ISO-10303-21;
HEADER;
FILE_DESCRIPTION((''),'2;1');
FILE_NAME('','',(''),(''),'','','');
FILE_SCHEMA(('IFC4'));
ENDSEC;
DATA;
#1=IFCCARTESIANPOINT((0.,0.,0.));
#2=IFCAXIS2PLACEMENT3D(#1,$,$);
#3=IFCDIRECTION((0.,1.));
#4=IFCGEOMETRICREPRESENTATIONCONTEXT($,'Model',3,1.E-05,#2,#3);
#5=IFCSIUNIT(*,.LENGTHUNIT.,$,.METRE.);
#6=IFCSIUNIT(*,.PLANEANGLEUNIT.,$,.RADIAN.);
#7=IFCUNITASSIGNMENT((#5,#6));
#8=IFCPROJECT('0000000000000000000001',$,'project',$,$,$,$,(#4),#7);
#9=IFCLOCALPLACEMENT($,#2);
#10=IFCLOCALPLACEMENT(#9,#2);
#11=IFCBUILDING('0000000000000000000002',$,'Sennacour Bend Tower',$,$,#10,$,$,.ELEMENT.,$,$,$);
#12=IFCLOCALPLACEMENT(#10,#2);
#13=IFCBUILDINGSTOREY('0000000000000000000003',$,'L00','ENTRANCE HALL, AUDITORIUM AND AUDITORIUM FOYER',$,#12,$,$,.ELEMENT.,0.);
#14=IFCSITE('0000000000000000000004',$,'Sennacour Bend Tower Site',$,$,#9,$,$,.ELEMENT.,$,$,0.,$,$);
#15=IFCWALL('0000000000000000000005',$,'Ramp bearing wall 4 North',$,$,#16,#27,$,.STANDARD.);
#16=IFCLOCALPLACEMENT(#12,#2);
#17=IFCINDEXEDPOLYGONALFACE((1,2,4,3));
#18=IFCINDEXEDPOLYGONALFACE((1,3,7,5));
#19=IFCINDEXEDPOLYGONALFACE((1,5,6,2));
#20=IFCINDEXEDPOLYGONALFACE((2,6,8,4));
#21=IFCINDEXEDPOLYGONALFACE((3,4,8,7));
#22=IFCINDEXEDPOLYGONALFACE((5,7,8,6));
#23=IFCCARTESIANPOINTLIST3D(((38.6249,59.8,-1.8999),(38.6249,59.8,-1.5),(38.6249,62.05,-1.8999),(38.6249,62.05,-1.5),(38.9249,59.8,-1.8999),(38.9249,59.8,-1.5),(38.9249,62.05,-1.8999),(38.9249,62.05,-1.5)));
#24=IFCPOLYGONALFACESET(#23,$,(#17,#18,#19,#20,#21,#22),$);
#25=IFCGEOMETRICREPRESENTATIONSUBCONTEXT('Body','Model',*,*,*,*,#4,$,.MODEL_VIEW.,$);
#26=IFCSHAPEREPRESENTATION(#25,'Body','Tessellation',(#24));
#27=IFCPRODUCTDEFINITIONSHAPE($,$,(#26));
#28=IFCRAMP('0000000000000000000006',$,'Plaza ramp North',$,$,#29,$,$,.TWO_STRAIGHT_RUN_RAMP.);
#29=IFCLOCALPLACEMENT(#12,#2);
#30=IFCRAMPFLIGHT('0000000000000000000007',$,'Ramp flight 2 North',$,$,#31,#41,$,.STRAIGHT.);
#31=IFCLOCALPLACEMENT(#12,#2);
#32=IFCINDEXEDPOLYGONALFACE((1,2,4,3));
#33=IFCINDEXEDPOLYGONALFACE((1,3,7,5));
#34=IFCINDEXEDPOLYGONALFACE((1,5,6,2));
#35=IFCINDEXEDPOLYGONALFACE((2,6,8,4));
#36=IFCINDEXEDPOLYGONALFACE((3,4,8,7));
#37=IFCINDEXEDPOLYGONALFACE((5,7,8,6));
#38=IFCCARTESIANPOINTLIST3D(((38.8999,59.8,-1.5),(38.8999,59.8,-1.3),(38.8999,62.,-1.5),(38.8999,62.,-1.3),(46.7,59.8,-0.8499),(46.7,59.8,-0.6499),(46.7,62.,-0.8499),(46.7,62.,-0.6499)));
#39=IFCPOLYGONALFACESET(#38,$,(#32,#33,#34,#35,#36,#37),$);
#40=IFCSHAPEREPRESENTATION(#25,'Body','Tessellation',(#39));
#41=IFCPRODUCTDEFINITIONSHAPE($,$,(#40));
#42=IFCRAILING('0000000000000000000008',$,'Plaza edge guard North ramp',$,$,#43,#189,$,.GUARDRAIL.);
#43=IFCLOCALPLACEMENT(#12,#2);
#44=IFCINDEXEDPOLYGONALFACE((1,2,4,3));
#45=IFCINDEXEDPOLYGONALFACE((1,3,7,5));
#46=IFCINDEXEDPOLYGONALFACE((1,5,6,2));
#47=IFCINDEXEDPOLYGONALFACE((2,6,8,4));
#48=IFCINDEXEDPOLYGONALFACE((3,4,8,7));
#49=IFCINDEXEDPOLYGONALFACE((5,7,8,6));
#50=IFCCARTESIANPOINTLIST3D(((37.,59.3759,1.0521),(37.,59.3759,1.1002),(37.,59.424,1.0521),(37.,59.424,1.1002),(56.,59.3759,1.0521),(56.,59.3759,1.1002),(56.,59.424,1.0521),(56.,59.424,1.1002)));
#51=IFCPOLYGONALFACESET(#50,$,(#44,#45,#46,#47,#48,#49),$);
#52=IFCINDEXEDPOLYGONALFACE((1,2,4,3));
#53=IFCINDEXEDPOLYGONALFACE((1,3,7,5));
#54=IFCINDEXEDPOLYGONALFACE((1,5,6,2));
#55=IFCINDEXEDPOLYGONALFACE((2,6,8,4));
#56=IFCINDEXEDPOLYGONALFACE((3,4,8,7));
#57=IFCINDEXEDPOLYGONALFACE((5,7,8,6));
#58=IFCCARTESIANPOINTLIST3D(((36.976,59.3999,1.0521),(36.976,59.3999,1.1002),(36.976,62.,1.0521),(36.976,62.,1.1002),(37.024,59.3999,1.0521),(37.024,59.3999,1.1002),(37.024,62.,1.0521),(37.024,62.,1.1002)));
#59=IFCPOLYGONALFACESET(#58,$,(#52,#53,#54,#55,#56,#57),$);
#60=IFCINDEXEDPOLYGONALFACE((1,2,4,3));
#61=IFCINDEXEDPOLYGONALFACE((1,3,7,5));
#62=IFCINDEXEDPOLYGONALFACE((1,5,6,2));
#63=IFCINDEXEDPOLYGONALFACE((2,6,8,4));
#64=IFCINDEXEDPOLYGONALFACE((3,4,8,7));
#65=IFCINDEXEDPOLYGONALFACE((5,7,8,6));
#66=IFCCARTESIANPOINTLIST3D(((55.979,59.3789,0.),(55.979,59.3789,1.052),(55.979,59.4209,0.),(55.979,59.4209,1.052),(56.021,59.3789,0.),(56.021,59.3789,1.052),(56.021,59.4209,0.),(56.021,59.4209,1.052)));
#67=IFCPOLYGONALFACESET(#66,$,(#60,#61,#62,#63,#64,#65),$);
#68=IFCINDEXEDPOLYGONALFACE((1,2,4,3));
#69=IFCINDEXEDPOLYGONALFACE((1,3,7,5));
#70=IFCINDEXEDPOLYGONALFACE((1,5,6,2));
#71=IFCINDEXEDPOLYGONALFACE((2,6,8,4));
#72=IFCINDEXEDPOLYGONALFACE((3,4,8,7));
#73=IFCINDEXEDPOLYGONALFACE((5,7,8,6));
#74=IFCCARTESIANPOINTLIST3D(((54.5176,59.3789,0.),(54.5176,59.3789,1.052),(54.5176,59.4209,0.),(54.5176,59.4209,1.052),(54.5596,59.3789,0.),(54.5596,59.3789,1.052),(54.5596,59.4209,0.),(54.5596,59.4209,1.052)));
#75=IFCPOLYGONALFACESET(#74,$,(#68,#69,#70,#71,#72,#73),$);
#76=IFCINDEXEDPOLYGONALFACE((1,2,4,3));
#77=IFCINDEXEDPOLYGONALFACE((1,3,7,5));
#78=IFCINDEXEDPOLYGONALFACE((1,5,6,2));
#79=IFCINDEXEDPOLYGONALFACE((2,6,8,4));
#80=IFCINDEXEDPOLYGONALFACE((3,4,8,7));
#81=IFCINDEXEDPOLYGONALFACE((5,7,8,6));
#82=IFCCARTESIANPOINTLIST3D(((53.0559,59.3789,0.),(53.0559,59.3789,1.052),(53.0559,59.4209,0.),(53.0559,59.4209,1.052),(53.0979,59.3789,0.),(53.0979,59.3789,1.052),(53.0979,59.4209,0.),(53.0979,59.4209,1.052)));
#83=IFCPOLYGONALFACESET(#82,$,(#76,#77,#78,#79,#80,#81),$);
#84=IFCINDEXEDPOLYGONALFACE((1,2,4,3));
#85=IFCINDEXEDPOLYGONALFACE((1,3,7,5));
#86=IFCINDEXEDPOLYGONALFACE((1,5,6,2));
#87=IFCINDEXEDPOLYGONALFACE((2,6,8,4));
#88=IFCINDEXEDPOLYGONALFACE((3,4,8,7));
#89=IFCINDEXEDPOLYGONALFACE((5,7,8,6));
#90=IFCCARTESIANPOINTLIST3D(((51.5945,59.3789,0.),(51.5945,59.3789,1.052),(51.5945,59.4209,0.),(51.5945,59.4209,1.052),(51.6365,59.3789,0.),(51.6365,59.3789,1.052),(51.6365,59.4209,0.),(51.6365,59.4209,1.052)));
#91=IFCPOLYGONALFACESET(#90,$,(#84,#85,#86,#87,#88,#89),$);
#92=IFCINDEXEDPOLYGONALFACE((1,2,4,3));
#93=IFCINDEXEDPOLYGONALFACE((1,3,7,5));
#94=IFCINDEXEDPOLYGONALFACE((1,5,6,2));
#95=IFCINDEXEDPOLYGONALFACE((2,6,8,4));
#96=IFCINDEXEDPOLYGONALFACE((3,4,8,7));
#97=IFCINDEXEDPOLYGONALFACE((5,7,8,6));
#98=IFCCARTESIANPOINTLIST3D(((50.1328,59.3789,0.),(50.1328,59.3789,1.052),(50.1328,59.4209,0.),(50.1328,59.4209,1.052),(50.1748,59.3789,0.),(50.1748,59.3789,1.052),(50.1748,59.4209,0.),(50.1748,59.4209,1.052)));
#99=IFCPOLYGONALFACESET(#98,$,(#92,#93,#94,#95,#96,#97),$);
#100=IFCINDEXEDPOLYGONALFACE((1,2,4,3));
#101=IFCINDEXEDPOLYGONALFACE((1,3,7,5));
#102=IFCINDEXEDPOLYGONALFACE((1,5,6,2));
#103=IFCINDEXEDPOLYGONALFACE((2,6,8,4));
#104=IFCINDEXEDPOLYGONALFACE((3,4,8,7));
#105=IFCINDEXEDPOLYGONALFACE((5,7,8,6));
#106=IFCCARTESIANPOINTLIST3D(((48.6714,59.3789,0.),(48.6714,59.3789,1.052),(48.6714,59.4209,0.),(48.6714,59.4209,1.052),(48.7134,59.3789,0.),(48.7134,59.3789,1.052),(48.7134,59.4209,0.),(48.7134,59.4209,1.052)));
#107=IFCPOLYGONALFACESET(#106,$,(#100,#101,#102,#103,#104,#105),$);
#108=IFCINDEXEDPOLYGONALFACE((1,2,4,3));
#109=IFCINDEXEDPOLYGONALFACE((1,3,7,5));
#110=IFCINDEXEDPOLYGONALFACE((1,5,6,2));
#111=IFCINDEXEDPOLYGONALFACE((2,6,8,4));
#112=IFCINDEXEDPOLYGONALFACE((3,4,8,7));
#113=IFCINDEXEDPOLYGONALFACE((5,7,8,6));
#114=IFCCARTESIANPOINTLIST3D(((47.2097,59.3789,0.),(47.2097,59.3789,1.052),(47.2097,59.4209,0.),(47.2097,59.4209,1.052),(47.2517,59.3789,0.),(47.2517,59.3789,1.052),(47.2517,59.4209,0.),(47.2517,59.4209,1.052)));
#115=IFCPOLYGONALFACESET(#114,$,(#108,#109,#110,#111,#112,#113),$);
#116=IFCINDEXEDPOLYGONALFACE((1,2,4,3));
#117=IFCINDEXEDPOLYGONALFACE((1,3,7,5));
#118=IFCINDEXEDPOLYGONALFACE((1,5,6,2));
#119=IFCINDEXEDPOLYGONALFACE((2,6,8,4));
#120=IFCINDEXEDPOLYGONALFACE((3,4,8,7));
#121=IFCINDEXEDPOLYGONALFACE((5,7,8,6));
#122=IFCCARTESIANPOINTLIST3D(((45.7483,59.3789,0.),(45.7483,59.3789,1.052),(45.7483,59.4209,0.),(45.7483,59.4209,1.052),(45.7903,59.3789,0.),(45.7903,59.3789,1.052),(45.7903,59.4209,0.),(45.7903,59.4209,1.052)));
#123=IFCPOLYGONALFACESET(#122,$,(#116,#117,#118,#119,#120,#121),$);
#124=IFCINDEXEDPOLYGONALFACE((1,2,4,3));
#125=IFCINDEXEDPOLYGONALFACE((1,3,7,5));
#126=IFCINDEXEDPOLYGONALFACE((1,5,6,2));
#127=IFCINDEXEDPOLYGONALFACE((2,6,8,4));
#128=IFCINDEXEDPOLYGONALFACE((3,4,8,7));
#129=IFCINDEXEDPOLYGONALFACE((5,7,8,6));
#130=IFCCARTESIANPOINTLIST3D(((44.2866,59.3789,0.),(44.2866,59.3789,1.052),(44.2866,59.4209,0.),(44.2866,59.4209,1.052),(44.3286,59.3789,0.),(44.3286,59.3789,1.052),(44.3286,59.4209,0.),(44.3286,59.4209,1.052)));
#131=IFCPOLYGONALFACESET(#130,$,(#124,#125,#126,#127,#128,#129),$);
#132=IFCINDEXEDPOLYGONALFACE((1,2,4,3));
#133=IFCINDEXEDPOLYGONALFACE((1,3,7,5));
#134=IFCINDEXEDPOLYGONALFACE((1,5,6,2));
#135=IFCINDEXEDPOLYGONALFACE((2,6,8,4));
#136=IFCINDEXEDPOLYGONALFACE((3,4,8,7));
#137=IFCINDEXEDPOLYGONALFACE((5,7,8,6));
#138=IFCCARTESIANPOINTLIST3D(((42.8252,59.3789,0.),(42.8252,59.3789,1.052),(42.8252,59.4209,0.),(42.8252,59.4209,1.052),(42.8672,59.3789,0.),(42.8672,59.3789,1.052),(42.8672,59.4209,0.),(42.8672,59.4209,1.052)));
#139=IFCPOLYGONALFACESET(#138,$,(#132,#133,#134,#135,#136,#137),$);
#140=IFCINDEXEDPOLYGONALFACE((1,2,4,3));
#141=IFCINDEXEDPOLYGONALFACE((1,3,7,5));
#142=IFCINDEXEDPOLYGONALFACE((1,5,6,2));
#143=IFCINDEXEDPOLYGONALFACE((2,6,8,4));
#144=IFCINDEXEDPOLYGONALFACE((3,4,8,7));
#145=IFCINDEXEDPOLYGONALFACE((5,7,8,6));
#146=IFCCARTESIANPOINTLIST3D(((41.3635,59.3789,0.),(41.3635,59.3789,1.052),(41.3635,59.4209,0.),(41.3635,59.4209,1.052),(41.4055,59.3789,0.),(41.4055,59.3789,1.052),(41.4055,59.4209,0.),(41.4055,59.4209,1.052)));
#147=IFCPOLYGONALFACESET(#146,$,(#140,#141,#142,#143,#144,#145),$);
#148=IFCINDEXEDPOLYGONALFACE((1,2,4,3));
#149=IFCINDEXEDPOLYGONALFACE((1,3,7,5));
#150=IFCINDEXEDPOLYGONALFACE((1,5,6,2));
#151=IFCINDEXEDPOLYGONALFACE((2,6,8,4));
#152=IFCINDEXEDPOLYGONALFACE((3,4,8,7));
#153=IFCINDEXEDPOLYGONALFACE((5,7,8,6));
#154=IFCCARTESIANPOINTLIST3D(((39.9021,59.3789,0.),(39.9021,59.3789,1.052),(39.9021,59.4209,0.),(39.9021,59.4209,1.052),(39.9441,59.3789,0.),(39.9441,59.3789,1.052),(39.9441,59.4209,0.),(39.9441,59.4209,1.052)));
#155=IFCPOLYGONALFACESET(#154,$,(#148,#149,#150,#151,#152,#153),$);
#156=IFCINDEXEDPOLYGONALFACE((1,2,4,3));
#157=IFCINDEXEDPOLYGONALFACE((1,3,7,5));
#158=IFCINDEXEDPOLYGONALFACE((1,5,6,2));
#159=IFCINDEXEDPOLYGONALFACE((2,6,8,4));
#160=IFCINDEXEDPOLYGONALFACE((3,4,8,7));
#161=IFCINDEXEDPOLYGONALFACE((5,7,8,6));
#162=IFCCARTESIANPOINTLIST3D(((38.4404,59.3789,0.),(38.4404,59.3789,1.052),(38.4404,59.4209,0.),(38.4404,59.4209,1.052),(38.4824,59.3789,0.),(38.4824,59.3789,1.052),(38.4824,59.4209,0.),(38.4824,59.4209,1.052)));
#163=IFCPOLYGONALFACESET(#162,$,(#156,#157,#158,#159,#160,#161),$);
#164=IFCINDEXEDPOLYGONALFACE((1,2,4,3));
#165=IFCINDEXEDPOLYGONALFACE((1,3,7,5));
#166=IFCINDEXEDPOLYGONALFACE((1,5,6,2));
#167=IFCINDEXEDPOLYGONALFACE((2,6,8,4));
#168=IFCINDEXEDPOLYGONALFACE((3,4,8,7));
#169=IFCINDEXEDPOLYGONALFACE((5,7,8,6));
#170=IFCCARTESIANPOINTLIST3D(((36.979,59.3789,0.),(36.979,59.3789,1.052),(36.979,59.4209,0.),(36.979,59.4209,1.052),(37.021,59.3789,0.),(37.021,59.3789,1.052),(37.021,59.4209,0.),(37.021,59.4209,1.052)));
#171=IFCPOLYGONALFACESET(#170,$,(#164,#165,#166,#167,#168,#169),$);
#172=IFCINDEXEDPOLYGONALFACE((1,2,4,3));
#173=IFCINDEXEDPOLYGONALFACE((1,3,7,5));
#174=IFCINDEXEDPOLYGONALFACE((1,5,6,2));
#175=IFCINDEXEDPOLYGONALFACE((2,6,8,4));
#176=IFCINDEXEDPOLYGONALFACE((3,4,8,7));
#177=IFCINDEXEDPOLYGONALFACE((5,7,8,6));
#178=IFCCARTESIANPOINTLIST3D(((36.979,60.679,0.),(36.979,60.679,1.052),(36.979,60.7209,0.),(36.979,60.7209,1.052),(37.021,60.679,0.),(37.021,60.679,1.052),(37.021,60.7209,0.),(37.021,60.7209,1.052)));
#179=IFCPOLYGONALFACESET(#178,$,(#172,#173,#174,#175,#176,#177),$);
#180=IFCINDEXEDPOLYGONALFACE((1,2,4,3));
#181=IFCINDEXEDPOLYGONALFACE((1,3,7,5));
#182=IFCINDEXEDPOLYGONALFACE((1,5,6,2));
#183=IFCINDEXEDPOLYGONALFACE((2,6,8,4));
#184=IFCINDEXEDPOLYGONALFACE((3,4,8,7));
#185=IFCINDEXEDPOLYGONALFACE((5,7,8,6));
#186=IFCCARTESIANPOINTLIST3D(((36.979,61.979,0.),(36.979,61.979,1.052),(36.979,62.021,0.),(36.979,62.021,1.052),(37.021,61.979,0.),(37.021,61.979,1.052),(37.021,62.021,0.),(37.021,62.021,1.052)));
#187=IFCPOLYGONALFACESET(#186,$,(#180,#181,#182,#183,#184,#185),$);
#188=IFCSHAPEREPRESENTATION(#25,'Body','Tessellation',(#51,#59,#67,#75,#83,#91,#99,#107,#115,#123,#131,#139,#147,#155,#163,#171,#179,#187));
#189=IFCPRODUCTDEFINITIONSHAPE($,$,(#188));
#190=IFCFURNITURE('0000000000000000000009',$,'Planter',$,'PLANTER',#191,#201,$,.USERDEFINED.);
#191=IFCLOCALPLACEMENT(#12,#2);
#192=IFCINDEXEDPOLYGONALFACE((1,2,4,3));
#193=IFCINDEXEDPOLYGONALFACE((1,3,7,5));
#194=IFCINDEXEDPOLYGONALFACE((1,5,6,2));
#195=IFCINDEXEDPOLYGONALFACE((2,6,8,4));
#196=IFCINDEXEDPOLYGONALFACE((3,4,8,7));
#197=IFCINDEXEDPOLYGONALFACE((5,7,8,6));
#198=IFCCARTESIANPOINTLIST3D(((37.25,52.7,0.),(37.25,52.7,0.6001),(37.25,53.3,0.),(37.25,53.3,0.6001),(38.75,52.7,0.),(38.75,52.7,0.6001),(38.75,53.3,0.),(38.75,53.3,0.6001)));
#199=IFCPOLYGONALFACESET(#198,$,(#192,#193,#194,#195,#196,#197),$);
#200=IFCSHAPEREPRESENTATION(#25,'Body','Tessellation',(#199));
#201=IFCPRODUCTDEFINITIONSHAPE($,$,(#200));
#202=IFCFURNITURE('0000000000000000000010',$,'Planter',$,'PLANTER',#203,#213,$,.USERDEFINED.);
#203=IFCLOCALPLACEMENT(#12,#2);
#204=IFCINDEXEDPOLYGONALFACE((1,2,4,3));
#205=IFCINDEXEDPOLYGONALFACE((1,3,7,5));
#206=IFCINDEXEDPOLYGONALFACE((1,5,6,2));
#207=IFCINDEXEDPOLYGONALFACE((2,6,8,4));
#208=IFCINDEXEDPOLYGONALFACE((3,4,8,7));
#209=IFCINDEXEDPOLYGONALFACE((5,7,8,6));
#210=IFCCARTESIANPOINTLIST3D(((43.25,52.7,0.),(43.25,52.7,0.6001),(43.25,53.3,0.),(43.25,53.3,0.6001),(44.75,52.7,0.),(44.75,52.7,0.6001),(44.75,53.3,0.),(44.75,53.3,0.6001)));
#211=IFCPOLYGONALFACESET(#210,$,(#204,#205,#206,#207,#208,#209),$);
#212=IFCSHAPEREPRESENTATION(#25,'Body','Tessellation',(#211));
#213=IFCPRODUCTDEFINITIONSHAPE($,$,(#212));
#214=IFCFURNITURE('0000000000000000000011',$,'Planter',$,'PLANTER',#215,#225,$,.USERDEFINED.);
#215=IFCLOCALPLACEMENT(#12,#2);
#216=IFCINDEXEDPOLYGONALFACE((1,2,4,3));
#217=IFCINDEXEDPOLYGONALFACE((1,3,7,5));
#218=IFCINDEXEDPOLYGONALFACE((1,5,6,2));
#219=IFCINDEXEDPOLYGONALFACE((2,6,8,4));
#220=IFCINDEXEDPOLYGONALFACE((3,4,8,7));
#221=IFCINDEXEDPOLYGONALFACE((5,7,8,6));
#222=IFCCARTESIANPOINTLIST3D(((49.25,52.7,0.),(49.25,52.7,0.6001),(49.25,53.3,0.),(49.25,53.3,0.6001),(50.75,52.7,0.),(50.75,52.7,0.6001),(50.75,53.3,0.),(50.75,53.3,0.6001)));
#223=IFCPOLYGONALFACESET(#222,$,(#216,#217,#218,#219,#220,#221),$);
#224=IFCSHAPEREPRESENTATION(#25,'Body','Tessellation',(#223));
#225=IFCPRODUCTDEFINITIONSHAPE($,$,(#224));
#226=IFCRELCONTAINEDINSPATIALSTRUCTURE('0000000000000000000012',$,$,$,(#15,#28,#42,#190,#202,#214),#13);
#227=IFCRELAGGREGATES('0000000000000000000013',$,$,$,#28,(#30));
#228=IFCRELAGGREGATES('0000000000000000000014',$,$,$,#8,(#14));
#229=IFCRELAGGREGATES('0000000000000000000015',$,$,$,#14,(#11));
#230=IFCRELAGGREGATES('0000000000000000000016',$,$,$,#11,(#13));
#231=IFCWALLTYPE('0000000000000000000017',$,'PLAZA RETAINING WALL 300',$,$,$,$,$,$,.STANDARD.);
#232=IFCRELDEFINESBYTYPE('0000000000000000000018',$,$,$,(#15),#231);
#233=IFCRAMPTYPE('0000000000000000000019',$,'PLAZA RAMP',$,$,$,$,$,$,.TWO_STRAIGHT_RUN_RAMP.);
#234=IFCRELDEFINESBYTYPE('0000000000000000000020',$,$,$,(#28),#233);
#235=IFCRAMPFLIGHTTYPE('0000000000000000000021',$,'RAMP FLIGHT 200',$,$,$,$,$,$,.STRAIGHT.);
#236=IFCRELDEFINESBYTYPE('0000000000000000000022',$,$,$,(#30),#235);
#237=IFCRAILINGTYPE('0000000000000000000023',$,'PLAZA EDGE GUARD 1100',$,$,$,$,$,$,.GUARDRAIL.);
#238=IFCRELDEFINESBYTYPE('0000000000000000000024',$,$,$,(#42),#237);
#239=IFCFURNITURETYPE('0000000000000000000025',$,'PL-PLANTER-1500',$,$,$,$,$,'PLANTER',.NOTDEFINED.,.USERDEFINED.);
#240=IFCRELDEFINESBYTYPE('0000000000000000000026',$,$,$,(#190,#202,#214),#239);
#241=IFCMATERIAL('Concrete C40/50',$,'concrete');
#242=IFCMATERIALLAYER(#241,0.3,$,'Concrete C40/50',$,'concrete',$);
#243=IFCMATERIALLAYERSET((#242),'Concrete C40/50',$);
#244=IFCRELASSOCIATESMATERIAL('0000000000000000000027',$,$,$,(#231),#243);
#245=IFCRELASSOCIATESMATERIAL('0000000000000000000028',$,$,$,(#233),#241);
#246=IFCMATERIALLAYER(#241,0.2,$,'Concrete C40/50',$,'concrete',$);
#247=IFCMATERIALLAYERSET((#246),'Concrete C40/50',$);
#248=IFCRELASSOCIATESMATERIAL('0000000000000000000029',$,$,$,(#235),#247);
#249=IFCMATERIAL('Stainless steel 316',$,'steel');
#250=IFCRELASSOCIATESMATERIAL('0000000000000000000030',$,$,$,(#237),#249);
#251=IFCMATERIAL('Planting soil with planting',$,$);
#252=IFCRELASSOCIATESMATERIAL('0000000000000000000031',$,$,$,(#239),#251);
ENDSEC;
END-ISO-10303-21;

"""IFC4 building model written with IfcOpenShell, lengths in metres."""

from ifc_helpers import new_model, si_unit, direction, frame, frame_2d, origin, origin_2d, place, context, subcontext, project, spatial, polyline, rectangle, outline, extrude, material, layer, layer_set, type_object, element, aggregate, save


model = new_model("IFC4")

# Units and contexts
model_context = context("Model", 3, precision=1e-05, world=origin(), true_north=direction((0.0, 1.0)))
body_context = subcontext(model_context, "Body", "Model", "MODEL_VIEW")
ifc_project = project(units=[si_unit("LENGTHUNIT", "METRE"), si_unit("PLANEANGLEUNIT", "RADIAN")], contexts=[model_context])

# Site, building, storey
site_placement = place(None, origin())
site = spatial("IfcSite", under=ifc_project, at=site_placement, Name="Sennacour Bend Tower Site", CompositionType="ELEMENT", RefElevation=0.0)
building_placement = place(site_placement, origin())
building = spatial("IfcBuilding", under=site, at=building_placement, Name="Sennacour Bend Tower", CompositionType="ELEMENT")
storey_placement = place(building_placement, origin())
storey = spatial("IfcBuildingStorey", under=building, at=storey_placement, Name="L00", Description="ENTRANCE HALL, AUDITORIUM AND AUDITORIUM FOYER", CompositionType="ELEMENT", Elevation=0.0)

# Wall
ifc_material_1 = material(Name="Concrete C40/50", Category="concrete")
ifc_layer_1 = layer(ifc_material_1, 0.3, Name="Concrete C40/50", Category="concrete")
ifc_layer_set_1 = layer_set([ifc_layer_1], Name="Concrete C40/50")
wall_type = type_object("IfcWallType", Name="PLAZA RETAINING WALL 300", PredefinedType="STANDARD", material=ifc_layer_set_1)
wall_1_placement = place(storey_placement, frame((38.7749, 59.8, -1.8999), z_axis=(0.0, 0.0, 1.0), x_axis=(0.0, 1.0, 0.0)))
element("IfcWall", 1, at=wall_1_placement, inside=storey, type_object=wall_type, Name="Ramp bearing wall 4 North", PredefinedType="STANDARD", context=body_context, shape_type="SweptSolid", body=[
    extrude(rectangle(XDim=2.25, YDim=0.3, at=frame_2d((1.125, 0.0))), origin(), (0.0, 0.0, 1.0), 0.3999),
])

# Ramp, ramp flight
ramp_type = type_object("IfcRampType", Name="PLAZA RAMP", PredefinedType="TWO_STRAIGHT_RUN_RAMP", material=ifc_material_1)
ramp_placement = place(storey_placement, origin())
ramp = element("IfcRamp", 2, at=ramp_placement, inside=storey, type_object=ramp_type, Name="Plaza ramp North", PredefinedType="TWO_STRAIGHT_RUN_RAMP")
ifc_layer_2 = layer(ifc_material_1, 0.2, Name="Concrete C40/50", Category="concrete")
ifc_layer_set_2 = layer_set([ifc_layer_2], Name="Concrete C40/50")
ramp_flight_type = type_object("IfcRampFlightType", Name="RAMP FLIGHT 200", PredefinedType="STRAIGHT", material=ifc_layer_set_2)
ramp_flight_placement = place(storey_placement, frame((46.7, 62.0, -0.6499), z_axis=(-0.083064, 0.0, 0.996544), x_axis=(0.0, -1.0, 0.0)))
ramp_flight = element("IfcRampFlight", 3, at=ramp_flight_placement, type_object=ramp_flight_type, Name="Ramp flight 2 North", PredefinedType="STRAIGHT", context=body_context, shape_type="SweptSolid", body=[
    extrude(outline(polyline([(0.0, 0.0), (2.2, 0.0), (2.2, -7.8271), (0.0, -7.8271), (0.0, 0.0)])), origin(), (0.0, -0.083064, -0.996544), 0.2),
])
aggregate(ramp, [ramp_flight])

# Railing
ifc_material_2 = material(Name="Stainless steel 316", Category="steel")
railing_type = type_object("IfcRailingType", Name="PLAZA EDGE GUARD 1100", PredefinedType="GUARDRAIL", material=ifc_material_2)
railing_placement = place(storey_placement, frame((56.0, 59.3999, 0.0)))
element("IfcRailing", 4, at=railing_placement, inside=storey, type_object=railing_type, Name="Plaza edge guard North ramp", PredefinedType="GUARDRAIL", context=body_context, shape_type="SweptSolid", body=[
    extrude(rectangle(XDim=0.0481, YDim=0.0481, at=origin_2d()), frame((0.0, 0.0, 1.0762), z_axis=(-1.0, 0.0, 0.0), x_axis=(0.0, -1.0, 0.0)), (0.0, 0.0, 1.0), 19.0),
    extrude(rectangle(XDim=0.0481, YDim=0.0481, at=origin_2d()), frame((-19.0, 0.0, 1.0762), z_axis=(0.0, 1.0, 0.0), x_axis=(-1.0, 0.0, 0.0)), (0.0, 0.0, 1.0), 2.6001),
    extrude(rectangle(XDim=0.042, YDim=0.042, at=origin_2d()), origin(), (0.0, 0.0, 1.0), 1.052),
    extrude(rectangle(XDim=0.042, YDim=0.042, at=origin_2d()), frame((-1.4614, 0.0, 0.0)), (0.0, 0.0, 1.0), 1.052),
    extrude(rectangle(XDim=0.042, YDim=0.042, at=origin_2d()), frame((-2.9231, 0.0, 0.0)), (0.0, 0.0, 1.0), 1.052),
    extrude(rectangle(XDim=0.042, YDim=0.042, at=origin_2d()), frame((-4.3845, 0.0, 0.0)), (0.0, 0.0, 1.0), 1.052),
    extrude(rectangle(XDim=0.042, YDim=0.042, at=origin_2d()), frame((-5.8462, 0.0, 0.0)), (0.0, 0.0, 1.0), 1.052),
    extrude(rectangle(XDim=0.042, YDim=0.042, at=origin_2d()), frame((-7.3076, 0.0, 0.0)), (0.0, 0.0, 1.0), 1.052),
    extrude(rectangle(XDim=0.042, YDim=0.042, at=origin_2d()), frame((-8.7693, 0.0, 0.0)), (0.0, 0.0, 1.0), 1.052),
    extrude(rectangle(XDim=0.042, YDim=0.042, at=origin_2d()), frame((-10.2307, 0.0, 0.0)), (0.0, 0.0, 1.0), 1.052),
    extrude(rectangle(XDim=0.042, YDim=0.042, at=origin_2d()), frame((-11.6924, 0.0, 0.0)), (0.0, 0.0, 1.0), 1.052),
    extrude(rectangle(XDim=0.042, YDim=0.042, at=origin_2d()), frame((-13.1538, 0.0, 0.0)), (0.0, 0.0, 1.0), 1.052),
    extrude(rectangle(XDim=0.042, YDim=0.042, at=origin_2d()), frame((-14.6155, 0.0, 0.0)), (0.0, 0.0, 1.0), 1.052),
    extrude(rectangle(XDim=0.042, YDim=0.042, at=origin_2d()), frame((-16.0769, 0.0, 0.0)), (0.0, 0.0, 1.0), 1.052),
    extrude(rectangle(XDim=0.042, YDim=0.042, at=origin_2d()), frame((-17.5386, 0.0, 0.0)), (0.0, 0.0, 1.0), 1.052),
    extrude(rectangle(XDim=0.042, YDim=0.042, at=origin_2d()), frame((-19.0, 0.0, 0.0)), (0.0, 0.0, 1.0), 1.052),
    extrude(rectangle(XDim=0.042, YDim=0.042, at=origin_2d()), frame((-19.0, 1.3, 0.0)), (0.0, 0.0, 1.0), 1.052),
    extrude(rectangle(XDim=0.042, YDim=0.042, at=origin_2d()), frame((-19.0, 2.6001, 0.0)), (0.0, 0.0, 1.0), 1.052),
])

# Furniture
ifc_material_3 = material(Name="Planting soil with planting")
furniture_type = type_object("IfcFurnitureType", Name="PL-PLANTER-1500", ElementType="PLANTER", AssemblyPlace="NOTDEFINED", PredefinedType="USERDEFINED", material=ifc_material_3)
for number, where, z_axis, x_axis, name in (
    (5, (38.0, 53.0, 0.0), (0.0, 0.0, 1.0), (1.0, 0.0, 0.0), "Planter"),
    (6, (44.0, 53.0, 0.0), (0.0, 0.0, 1.0), (1.0, 0.0, 0.0), "Planter"),
    (7, (50.0, 53.0, 0.0), (0.0, 0.0, 1.0), (1.0, 0.0, 0.0), "Planter"),
):
    element("IfcFurniture", number, at=place(storey_placement, frame(where, z_axis=z_axis, x_axis=x_axis)), inside=storey, type_object=furniture_type, Name=name, ObjectType="PLANTER", PredefinedType="USERDEFINED", context=body_context, shape_type="SweptSolid", body=[
        extrude(rectangle(XDim=1.5, YDim=0.6001, at=origin_2d()), origin(), (0.0, 0.0, 1.0), 0.6001),
    ])

save(model, "model.ifc")
